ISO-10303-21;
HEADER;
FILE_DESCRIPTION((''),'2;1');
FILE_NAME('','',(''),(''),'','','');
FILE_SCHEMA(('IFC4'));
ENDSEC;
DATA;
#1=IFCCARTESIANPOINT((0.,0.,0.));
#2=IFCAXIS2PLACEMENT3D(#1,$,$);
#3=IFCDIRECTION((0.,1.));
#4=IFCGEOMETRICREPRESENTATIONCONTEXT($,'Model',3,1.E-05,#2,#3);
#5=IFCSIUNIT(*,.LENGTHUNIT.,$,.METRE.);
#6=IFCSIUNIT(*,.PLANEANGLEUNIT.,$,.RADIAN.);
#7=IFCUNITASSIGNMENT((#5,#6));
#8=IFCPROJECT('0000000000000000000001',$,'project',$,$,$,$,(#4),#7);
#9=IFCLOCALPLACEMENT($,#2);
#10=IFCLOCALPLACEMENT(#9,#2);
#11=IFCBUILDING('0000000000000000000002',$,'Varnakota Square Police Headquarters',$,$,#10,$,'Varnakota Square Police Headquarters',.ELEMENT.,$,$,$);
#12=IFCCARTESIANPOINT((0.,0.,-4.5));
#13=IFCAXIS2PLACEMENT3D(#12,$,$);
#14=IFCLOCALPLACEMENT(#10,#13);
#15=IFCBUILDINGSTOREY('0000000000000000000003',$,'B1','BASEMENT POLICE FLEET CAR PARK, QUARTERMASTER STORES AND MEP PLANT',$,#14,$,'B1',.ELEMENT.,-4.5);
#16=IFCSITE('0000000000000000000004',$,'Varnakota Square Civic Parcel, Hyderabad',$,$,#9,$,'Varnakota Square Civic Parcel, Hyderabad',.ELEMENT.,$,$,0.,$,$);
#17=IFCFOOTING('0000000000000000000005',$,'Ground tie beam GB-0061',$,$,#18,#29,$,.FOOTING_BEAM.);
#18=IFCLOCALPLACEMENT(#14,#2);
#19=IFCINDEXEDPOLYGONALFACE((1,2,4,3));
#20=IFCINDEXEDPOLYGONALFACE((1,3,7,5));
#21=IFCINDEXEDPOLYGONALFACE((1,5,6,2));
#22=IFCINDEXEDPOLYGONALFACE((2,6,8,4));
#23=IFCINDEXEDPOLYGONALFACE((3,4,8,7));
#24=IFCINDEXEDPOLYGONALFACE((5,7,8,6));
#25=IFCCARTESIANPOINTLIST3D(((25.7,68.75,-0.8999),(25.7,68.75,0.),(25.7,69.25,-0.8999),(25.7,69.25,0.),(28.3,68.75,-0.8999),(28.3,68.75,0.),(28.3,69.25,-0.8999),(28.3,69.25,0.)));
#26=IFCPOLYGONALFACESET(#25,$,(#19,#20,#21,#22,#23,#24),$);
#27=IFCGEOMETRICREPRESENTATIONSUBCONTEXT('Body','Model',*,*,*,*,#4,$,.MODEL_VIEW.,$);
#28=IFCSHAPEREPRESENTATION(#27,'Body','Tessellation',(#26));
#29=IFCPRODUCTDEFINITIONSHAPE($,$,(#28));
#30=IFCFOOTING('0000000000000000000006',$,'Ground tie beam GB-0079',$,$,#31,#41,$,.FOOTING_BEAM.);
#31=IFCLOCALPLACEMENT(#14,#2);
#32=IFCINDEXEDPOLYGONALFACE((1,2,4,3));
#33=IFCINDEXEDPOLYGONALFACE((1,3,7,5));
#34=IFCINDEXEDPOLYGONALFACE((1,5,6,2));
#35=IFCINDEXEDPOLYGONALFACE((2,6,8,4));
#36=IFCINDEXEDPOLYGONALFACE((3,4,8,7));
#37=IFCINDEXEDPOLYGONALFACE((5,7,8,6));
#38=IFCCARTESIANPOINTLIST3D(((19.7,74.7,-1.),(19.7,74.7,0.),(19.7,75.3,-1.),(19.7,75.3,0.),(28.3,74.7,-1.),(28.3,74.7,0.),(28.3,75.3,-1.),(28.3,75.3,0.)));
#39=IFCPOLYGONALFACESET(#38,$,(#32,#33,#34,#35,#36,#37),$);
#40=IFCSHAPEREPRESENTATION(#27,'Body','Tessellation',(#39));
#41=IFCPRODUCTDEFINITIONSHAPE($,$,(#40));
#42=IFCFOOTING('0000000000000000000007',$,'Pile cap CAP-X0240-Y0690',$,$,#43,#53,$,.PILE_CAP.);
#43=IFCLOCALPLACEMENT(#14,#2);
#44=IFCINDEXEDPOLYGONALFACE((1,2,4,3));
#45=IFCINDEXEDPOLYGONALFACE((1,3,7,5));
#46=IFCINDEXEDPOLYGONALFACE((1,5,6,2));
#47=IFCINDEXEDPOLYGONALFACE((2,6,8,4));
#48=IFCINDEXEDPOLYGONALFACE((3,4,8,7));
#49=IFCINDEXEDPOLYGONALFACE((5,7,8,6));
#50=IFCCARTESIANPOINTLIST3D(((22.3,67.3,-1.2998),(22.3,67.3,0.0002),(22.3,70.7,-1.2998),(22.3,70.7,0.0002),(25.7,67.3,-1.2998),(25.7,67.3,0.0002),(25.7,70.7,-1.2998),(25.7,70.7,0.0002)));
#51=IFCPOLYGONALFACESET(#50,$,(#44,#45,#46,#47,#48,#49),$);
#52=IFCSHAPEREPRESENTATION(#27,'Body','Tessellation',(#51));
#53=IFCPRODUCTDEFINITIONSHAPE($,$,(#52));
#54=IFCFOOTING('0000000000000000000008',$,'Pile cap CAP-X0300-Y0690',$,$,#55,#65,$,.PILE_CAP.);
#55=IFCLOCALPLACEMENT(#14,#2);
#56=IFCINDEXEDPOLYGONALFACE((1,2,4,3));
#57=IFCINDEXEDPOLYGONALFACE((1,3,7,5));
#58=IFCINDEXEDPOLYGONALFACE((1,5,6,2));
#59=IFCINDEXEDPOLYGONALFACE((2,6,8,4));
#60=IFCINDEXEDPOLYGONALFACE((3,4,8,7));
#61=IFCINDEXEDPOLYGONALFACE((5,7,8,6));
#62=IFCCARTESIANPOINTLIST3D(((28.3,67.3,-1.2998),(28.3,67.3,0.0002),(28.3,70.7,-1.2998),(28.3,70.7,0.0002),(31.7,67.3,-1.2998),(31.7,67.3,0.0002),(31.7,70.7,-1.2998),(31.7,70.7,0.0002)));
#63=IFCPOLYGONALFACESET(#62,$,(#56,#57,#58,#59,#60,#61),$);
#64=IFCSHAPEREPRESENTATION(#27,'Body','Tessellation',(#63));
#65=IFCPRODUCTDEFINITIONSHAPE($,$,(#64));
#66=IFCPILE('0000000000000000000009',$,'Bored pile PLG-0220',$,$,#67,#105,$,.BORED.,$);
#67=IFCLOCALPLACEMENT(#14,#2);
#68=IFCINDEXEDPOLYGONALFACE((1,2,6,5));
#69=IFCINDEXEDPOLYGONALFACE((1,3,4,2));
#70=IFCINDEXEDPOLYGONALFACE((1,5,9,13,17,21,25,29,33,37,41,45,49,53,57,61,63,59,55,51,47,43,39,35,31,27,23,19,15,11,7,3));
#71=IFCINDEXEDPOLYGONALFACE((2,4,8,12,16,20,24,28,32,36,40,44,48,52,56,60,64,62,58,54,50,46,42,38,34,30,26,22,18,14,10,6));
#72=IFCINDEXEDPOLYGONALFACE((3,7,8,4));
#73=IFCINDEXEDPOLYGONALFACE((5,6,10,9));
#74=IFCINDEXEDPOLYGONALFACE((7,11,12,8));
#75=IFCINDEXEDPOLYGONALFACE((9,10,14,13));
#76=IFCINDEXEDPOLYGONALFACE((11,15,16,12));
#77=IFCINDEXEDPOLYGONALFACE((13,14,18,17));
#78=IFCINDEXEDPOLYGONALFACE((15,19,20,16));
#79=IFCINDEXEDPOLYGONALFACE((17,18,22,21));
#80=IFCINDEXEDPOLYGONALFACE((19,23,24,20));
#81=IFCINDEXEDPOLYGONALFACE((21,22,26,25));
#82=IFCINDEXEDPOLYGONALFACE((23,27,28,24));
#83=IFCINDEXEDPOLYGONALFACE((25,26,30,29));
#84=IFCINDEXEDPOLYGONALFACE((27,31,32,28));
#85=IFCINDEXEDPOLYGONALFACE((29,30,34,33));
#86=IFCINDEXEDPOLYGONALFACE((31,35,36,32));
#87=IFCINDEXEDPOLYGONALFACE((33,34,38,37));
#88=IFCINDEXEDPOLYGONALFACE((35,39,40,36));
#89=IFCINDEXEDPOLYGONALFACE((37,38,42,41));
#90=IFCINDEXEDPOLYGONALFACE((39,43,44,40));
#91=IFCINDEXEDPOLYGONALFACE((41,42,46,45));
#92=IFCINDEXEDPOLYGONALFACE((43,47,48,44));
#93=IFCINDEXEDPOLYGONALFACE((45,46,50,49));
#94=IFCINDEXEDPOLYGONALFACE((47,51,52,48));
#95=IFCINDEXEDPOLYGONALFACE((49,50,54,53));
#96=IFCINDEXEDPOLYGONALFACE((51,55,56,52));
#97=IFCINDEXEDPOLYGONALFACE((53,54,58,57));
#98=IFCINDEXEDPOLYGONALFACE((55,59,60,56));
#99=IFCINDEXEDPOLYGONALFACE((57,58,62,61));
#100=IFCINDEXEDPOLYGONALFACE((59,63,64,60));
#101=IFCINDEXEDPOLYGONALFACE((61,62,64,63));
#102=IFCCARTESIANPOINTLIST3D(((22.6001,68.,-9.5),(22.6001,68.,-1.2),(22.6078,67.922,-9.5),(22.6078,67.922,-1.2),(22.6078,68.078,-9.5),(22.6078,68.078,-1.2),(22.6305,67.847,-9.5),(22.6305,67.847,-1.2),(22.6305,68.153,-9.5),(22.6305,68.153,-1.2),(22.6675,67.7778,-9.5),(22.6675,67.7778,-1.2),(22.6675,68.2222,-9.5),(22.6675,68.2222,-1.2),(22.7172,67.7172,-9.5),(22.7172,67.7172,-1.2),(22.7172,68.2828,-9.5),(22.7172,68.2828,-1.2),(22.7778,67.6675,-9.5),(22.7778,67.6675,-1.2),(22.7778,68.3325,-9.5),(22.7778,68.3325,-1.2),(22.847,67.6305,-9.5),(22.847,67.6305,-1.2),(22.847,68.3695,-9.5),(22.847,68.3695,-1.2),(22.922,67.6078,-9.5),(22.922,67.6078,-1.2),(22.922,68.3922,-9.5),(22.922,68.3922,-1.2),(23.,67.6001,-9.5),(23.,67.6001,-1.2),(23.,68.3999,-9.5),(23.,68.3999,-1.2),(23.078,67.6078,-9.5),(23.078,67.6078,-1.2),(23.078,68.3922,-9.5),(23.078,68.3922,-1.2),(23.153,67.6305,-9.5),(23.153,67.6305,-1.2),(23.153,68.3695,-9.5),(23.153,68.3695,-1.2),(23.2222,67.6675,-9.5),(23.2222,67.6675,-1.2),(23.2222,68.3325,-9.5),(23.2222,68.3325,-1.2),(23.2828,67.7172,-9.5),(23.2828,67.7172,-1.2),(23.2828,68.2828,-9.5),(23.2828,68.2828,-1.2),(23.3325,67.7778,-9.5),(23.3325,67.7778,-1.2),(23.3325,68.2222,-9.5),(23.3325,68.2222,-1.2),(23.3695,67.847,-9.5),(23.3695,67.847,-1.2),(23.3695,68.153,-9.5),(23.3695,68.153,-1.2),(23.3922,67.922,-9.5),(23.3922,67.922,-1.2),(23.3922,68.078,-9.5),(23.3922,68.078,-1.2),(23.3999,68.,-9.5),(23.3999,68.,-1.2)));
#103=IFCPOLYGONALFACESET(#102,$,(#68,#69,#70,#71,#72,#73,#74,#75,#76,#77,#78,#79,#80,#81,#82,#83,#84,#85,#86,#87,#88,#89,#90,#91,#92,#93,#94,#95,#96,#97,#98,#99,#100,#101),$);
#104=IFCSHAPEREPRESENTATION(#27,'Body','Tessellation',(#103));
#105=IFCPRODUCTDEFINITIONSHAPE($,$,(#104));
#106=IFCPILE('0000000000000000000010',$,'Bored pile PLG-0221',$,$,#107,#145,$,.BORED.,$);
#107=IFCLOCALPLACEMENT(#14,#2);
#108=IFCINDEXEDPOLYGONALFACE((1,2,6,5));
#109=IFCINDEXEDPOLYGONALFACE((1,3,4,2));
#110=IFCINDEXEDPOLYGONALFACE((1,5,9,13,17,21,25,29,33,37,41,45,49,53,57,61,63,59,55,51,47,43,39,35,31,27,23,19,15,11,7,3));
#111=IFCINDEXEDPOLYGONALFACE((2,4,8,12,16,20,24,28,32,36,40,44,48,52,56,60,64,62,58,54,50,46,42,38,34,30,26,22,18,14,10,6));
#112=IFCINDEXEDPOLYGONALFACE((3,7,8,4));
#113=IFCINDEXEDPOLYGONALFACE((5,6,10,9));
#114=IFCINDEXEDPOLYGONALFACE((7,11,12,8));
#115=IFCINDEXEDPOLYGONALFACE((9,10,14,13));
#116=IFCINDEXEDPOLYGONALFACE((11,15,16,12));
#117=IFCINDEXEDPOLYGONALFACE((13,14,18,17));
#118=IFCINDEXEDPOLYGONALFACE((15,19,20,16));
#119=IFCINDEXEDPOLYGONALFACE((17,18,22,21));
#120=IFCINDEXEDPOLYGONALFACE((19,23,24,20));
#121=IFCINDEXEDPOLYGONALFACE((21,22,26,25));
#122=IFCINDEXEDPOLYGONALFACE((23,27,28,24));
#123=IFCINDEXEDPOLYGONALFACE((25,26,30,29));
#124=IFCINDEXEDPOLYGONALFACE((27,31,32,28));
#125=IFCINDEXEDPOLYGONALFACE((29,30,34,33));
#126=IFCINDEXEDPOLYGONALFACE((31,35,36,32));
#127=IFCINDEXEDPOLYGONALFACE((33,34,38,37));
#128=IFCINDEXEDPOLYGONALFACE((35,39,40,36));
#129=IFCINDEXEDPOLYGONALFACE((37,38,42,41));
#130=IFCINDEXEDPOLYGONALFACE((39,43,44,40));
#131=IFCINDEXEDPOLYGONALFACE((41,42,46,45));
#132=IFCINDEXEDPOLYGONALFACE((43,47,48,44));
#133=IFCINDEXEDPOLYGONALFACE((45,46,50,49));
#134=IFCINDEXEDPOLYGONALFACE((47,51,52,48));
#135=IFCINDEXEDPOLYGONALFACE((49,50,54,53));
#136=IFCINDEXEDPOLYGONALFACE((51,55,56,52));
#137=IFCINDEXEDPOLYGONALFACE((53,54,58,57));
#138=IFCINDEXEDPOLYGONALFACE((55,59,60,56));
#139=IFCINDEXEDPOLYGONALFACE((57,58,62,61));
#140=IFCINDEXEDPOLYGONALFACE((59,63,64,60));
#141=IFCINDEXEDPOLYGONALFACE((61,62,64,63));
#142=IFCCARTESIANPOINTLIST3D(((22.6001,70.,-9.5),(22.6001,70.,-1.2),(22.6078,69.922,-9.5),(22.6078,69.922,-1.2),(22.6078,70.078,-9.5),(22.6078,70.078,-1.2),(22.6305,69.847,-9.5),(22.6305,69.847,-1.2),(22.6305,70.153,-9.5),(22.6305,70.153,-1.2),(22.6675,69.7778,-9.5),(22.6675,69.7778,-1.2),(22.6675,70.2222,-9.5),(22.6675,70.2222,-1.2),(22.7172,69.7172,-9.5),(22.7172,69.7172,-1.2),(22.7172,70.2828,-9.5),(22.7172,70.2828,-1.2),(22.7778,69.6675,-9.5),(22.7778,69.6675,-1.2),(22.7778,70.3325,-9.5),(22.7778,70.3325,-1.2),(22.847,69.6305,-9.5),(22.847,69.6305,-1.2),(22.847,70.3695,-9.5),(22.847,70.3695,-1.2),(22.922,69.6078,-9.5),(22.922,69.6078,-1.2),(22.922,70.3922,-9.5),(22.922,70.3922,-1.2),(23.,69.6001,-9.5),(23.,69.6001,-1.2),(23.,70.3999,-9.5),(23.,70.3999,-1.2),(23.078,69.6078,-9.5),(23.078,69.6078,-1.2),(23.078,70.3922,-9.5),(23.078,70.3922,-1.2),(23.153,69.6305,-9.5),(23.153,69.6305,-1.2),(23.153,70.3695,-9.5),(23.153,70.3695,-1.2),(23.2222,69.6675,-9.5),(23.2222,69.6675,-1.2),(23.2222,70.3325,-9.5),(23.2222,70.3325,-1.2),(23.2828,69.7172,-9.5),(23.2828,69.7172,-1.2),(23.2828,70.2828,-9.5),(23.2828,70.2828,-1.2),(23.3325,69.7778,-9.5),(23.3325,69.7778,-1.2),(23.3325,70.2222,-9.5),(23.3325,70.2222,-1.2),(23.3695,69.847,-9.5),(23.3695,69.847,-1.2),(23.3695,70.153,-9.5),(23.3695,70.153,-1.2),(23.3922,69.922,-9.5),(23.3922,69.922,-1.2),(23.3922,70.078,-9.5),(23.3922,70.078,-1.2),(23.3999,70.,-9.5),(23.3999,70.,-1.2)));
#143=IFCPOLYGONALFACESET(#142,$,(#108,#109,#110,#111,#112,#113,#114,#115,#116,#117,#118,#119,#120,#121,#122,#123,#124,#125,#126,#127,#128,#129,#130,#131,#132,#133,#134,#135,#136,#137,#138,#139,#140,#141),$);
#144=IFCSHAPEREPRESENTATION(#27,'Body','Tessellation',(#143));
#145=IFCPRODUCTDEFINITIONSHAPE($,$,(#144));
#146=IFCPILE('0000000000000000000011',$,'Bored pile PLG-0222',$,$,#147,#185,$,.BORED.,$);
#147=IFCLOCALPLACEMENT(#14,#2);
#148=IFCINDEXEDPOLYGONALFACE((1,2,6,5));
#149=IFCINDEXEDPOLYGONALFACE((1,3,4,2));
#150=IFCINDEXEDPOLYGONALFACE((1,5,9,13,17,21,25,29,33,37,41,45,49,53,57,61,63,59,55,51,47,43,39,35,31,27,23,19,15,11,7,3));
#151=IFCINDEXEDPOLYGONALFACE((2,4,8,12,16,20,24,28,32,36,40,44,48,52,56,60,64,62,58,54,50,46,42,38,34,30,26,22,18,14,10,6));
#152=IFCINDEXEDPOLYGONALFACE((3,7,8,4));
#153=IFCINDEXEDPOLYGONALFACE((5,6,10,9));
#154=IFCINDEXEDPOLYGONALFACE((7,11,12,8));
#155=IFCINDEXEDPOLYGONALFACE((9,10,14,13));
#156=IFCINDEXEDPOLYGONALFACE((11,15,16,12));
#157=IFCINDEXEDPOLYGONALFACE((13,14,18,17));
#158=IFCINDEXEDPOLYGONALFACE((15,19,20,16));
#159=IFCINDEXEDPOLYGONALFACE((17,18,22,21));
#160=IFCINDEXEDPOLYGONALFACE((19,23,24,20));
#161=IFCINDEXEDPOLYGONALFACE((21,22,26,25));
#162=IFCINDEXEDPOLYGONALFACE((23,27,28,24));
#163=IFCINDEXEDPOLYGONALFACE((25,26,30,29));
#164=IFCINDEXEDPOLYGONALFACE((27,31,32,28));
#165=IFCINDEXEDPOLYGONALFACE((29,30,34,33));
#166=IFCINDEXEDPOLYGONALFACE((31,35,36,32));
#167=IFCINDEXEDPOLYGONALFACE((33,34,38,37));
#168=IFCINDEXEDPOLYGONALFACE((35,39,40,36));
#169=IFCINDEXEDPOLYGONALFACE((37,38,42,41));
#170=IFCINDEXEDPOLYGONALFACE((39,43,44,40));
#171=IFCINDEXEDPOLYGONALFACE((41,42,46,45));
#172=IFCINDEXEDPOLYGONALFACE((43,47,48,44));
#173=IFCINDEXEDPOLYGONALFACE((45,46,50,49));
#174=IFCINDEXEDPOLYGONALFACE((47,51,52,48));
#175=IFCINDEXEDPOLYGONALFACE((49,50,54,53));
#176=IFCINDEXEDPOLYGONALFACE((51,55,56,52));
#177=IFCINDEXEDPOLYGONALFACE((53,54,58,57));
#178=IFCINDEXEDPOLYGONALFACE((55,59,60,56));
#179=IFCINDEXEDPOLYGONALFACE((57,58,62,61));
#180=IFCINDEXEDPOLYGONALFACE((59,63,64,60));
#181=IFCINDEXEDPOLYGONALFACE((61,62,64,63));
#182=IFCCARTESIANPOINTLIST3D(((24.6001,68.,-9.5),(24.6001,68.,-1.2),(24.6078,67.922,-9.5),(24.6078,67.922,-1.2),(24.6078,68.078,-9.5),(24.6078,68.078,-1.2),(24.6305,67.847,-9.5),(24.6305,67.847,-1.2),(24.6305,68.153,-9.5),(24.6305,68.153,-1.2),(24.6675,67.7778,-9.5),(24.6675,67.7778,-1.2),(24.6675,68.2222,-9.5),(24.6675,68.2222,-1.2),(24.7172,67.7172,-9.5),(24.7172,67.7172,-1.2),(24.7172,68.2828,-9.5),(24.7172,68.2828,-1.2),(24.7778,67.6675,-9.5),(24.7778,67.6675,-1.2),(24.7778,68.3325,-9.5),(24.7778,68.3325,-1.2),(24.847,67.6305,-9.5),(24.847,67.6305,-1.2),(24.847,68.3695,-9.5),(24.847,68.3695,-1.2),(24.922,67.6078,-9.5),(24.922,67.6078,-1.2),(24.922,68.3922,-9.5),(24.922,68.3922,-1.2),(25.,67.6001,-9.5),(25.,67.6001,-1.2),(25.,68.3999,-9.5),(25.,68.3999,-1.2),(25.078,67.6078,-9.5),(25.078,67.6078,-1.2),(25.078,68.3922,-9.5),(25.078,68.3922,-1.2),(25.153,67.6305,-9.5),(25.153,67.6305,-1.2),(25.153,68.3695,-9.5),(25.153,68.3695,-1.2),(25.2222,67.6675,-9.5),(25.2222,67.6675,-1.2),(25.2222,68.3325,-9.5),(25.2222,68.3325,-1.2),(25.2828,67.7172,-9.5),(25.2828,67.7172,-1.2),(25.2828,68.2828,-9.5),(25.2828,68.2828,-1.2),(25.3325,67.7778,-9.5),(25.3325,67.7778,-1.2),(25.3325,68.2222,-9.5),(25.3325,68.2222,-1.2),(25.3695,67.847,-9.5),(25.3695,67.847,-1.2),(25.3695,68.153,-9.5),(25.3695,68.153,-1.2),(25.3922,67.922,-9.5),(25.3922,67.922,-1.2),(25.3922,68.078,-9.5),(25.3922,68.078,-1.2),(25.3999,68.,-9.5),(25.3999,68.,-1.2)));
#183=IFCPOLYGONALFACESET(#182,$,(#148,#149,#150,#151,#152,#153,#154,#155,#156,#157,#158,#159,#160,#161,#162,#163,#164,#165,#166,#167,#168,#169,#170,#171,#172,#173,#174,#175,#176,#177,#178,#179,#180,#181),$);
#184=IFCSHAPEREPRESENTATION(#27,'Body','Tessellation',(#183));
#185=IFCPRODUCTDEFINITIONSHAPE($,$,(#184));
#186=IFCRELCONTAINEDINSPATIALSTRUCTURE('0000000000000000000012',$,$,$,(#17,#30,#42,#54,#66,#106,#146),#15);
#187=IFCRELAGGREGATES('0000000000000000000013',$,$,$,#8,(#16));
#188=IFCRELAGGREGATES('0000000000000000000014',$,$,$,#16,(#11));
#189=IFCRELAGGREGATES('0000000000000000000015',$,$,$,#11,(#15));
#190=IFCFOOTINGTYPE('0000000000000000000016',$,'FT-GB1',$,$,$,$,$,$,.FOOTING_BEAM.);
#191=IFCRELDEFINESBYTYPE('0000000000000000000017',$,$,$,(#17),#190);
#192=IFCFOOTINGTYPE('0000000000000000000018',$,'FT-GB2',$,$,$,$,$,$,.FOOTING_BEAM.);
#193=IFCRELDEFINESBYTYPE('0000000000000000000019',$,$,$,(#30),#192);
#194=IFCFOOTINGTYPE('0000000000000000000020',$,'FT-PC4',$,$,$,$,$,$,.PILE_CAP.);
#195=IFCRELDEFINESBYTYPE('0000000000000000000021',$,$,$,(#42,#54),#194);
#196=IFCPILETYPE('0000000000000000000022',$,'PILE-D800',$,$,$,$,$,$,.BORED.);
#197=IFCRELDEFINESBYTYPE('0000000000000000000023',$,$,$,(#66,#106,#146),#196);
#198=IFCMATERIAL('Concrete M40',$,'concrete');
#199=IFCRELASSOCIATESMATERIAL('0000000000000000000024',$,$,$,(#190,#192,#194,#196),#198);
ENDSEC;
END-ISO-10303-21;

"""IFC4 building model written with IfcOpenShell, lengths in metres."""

from ifc_helpers import new_model, si_unit, direction, frame, origin, origin_2d, place, context, subcontext, project, spatial, rectangle, circle, extrude, material, material_profile, profile_set, type_object, element, save


model = new_model("IFC4")

# Units and contexts
model_context = context("Model", 3, precision=1e-05, world=origin(), true_north=direction((0.0, 1.0)))
body_context = subcontext(model_context, "Body", "Model", "MODEL_VIEW")
ifc_project = project(units=[si_unit("LENGTHUNIT", "METRE"), si_unit("PLANEANGLEUNIT", "RADIAN")], contexts=[model_context])

# Site, building, storey
site_placement = place(None, origin())
site = spatial("IfcSite", under=ifc_project, at=site_placement, Name="Varnakota Square Civic Parcel, Hyderabad", LongName="Varnakota Square Civic Parcel, Hyderabad", CompositionType="ELEMENT", RefElevation=0.0)
building_placement = place(site_placement, origin())
building = spatial("IfcBuilding", under=site, at=building_placement, Name="Varnakota Square Police Headquarters", LongName="Varnakota Square Police Headquarters", CompositionType="ELEMENT")
storey_placement = place(building_placement, frame((0.0, 0.0, -4.5)))
storey = spatial("IfcBuildingStorey", under=building, at=storey_placement, Name="B1", Description="BASEMENT POLICE FLEET CAR PARK, QUARTERMASTER STORES AND MEP PLANT", LongName="B1", CompositionType="ELEMENT", Elevation=-4.5)

# Footings
ifc_material_1 = material(Name="Concrete M40", Category="concrete")
ifc_material_profile_1 = material_profile(ifc_material_1, rectangle(XDim=0.5, YDim=0.8999, at=origin_2d()), Name="GB 500x900")
ifc_profile_set_1 = profile_set([ifc_material_profile_1], Name="Concrete M40")
footing_type_1 = type_object("IfcFootingType", Name="FT-GB1", PredefinedType="FOOTING_BEAM", material=ifc_profile_set_1)
footing_1_placement = place(storey_placement, frame((25.7, 69.0, -0.45), z_axis=(1.0, 0.0, 0.0), x_axis=(0.0, 1.0, 0.0)))
element("IfcFooting", 1, at=footing_1_placement, inside=storey, type_object=footing_type_1, Name="Ground tie beam GB-0061", PredefinedType="FOOTING_BEAM", context=body_context, shape_type="SweptSolid", body=[
    extrude(rectangle(XDim=0.5, YDim=0.8999, at=origin_2d()), origin(), (0.0, 0.0, 1.0), 2.6001),
])
ifc_material_profile_2 = material_profile(ifc_material_1, rectangle(XDim=0.6001, YDim=1.0, at=origin_2d()), Name="GB 600x1000")
ifc_profile_set_2 = profile_set([ifc_material_profile_2], Name="Concrete M40")
footing_type_2 = type_object("IfcFootingType", Name="FT-GB2", PredefinedType="FOOTING_BEAM", material=ifc_profile_set_2)
footing_2_placement = place(storey_placement, frame((19.7, 75.0, -0.5), z_axis=(1.0, 0.0, 0.0), x_axis=(0.0, 1.0, 0.0)))
element("IfcFooting", 2, at=footing_2_placement, inside=storey, type_object=footing_type_2, Name="Ground tie beam GB-0079", PredefinedType="FOOTING_BEAM", context=body_context, shape_type="SweptSolid", body=[
    extrude(rectangle(XDim=0.6001, YDim=1.0, at=origin_2d()), origin(), (0.0, 0.0, 1.0), 8.6001),
])
footing_type_3 = type_object("IfcFootingType", Name="FT-PC4", PredefinedType="PILE_CAP", material=ifc_material_1)
for number, where, z_axis, x_axis, name in (
    (3, (24.0, 69.0, -1.2998), (0.0, 0.0, 1.0), (1.0, 0.0, 0.0), "Pile cap CAP-X0240-Y0690"),
    (4, (30.0, 69.0, -1.2998), (0.0, 0.0, 1.0), (1.0, 0.0, 0.0), "Pile cap CAP-X0300-Y0690"),
):
    element("IfcFooting", number, at=place(storey_placement, frame(where, z_axis=z_axis, x_axis=x_axis)), inside=storey, type_object=footing_type_3, Name=name, PredefinedType="PILE_CAP", context=body_context, shape_type="SweptSolid", body=[
        extrude(rectangle(XDim=3.3999, YDim=3.3999, at=origin_2d()), origin(), (0.0, 0.0, 1.0), 1.3),
    ])

# Piles
ifc_material_profile_3 = material_profile(ifc_material_1, circle(Radius=0.3999, at=origin_2d()), Name="BORED PILE 800")
ifc_profile_set_3 = profile_set([ifc_material_profile_3], Name="Concrete M40")
pile_type = type_object("IfcPileType", Name="PILE-D800", PredefinedType="BORED", material=ifc_profile_set_3)
for number, where, z_axis, x_axis, name in (
    (5, (23.0, 68.0, -1.2), (0.0, 0.0, -1.0), (1.0, 0.0, 0.0), "Bored pile PLG-0220"),
    (6, (23.0, 70.0, -1.2), (0.0, 0.0, -1.0), (1.0, 0.0, 0.0), "Bored pile PLG-0221"),
    (7, (25.0, 68.0, -1.2), (0.0, 0.0, -1.0), (1.0, 0.0, 0.0), "Bored pile PLG-0222"),
):
    element("IfcPile", number, at=place(storey_placement, frame(where, z_axis=z_axis, x_axis=x_axis)), inside=storey, type_object=pile_type, Name=name, PredefinedType="BORED", context=body_context, shape_type="SweptSolid", body=[
        extrude(circle(Radius=0.3999, at=origin_2d()), origin(), (0.0, 0.0, 1.0), 8.3),
    ])

save(model, "model.ifc")
